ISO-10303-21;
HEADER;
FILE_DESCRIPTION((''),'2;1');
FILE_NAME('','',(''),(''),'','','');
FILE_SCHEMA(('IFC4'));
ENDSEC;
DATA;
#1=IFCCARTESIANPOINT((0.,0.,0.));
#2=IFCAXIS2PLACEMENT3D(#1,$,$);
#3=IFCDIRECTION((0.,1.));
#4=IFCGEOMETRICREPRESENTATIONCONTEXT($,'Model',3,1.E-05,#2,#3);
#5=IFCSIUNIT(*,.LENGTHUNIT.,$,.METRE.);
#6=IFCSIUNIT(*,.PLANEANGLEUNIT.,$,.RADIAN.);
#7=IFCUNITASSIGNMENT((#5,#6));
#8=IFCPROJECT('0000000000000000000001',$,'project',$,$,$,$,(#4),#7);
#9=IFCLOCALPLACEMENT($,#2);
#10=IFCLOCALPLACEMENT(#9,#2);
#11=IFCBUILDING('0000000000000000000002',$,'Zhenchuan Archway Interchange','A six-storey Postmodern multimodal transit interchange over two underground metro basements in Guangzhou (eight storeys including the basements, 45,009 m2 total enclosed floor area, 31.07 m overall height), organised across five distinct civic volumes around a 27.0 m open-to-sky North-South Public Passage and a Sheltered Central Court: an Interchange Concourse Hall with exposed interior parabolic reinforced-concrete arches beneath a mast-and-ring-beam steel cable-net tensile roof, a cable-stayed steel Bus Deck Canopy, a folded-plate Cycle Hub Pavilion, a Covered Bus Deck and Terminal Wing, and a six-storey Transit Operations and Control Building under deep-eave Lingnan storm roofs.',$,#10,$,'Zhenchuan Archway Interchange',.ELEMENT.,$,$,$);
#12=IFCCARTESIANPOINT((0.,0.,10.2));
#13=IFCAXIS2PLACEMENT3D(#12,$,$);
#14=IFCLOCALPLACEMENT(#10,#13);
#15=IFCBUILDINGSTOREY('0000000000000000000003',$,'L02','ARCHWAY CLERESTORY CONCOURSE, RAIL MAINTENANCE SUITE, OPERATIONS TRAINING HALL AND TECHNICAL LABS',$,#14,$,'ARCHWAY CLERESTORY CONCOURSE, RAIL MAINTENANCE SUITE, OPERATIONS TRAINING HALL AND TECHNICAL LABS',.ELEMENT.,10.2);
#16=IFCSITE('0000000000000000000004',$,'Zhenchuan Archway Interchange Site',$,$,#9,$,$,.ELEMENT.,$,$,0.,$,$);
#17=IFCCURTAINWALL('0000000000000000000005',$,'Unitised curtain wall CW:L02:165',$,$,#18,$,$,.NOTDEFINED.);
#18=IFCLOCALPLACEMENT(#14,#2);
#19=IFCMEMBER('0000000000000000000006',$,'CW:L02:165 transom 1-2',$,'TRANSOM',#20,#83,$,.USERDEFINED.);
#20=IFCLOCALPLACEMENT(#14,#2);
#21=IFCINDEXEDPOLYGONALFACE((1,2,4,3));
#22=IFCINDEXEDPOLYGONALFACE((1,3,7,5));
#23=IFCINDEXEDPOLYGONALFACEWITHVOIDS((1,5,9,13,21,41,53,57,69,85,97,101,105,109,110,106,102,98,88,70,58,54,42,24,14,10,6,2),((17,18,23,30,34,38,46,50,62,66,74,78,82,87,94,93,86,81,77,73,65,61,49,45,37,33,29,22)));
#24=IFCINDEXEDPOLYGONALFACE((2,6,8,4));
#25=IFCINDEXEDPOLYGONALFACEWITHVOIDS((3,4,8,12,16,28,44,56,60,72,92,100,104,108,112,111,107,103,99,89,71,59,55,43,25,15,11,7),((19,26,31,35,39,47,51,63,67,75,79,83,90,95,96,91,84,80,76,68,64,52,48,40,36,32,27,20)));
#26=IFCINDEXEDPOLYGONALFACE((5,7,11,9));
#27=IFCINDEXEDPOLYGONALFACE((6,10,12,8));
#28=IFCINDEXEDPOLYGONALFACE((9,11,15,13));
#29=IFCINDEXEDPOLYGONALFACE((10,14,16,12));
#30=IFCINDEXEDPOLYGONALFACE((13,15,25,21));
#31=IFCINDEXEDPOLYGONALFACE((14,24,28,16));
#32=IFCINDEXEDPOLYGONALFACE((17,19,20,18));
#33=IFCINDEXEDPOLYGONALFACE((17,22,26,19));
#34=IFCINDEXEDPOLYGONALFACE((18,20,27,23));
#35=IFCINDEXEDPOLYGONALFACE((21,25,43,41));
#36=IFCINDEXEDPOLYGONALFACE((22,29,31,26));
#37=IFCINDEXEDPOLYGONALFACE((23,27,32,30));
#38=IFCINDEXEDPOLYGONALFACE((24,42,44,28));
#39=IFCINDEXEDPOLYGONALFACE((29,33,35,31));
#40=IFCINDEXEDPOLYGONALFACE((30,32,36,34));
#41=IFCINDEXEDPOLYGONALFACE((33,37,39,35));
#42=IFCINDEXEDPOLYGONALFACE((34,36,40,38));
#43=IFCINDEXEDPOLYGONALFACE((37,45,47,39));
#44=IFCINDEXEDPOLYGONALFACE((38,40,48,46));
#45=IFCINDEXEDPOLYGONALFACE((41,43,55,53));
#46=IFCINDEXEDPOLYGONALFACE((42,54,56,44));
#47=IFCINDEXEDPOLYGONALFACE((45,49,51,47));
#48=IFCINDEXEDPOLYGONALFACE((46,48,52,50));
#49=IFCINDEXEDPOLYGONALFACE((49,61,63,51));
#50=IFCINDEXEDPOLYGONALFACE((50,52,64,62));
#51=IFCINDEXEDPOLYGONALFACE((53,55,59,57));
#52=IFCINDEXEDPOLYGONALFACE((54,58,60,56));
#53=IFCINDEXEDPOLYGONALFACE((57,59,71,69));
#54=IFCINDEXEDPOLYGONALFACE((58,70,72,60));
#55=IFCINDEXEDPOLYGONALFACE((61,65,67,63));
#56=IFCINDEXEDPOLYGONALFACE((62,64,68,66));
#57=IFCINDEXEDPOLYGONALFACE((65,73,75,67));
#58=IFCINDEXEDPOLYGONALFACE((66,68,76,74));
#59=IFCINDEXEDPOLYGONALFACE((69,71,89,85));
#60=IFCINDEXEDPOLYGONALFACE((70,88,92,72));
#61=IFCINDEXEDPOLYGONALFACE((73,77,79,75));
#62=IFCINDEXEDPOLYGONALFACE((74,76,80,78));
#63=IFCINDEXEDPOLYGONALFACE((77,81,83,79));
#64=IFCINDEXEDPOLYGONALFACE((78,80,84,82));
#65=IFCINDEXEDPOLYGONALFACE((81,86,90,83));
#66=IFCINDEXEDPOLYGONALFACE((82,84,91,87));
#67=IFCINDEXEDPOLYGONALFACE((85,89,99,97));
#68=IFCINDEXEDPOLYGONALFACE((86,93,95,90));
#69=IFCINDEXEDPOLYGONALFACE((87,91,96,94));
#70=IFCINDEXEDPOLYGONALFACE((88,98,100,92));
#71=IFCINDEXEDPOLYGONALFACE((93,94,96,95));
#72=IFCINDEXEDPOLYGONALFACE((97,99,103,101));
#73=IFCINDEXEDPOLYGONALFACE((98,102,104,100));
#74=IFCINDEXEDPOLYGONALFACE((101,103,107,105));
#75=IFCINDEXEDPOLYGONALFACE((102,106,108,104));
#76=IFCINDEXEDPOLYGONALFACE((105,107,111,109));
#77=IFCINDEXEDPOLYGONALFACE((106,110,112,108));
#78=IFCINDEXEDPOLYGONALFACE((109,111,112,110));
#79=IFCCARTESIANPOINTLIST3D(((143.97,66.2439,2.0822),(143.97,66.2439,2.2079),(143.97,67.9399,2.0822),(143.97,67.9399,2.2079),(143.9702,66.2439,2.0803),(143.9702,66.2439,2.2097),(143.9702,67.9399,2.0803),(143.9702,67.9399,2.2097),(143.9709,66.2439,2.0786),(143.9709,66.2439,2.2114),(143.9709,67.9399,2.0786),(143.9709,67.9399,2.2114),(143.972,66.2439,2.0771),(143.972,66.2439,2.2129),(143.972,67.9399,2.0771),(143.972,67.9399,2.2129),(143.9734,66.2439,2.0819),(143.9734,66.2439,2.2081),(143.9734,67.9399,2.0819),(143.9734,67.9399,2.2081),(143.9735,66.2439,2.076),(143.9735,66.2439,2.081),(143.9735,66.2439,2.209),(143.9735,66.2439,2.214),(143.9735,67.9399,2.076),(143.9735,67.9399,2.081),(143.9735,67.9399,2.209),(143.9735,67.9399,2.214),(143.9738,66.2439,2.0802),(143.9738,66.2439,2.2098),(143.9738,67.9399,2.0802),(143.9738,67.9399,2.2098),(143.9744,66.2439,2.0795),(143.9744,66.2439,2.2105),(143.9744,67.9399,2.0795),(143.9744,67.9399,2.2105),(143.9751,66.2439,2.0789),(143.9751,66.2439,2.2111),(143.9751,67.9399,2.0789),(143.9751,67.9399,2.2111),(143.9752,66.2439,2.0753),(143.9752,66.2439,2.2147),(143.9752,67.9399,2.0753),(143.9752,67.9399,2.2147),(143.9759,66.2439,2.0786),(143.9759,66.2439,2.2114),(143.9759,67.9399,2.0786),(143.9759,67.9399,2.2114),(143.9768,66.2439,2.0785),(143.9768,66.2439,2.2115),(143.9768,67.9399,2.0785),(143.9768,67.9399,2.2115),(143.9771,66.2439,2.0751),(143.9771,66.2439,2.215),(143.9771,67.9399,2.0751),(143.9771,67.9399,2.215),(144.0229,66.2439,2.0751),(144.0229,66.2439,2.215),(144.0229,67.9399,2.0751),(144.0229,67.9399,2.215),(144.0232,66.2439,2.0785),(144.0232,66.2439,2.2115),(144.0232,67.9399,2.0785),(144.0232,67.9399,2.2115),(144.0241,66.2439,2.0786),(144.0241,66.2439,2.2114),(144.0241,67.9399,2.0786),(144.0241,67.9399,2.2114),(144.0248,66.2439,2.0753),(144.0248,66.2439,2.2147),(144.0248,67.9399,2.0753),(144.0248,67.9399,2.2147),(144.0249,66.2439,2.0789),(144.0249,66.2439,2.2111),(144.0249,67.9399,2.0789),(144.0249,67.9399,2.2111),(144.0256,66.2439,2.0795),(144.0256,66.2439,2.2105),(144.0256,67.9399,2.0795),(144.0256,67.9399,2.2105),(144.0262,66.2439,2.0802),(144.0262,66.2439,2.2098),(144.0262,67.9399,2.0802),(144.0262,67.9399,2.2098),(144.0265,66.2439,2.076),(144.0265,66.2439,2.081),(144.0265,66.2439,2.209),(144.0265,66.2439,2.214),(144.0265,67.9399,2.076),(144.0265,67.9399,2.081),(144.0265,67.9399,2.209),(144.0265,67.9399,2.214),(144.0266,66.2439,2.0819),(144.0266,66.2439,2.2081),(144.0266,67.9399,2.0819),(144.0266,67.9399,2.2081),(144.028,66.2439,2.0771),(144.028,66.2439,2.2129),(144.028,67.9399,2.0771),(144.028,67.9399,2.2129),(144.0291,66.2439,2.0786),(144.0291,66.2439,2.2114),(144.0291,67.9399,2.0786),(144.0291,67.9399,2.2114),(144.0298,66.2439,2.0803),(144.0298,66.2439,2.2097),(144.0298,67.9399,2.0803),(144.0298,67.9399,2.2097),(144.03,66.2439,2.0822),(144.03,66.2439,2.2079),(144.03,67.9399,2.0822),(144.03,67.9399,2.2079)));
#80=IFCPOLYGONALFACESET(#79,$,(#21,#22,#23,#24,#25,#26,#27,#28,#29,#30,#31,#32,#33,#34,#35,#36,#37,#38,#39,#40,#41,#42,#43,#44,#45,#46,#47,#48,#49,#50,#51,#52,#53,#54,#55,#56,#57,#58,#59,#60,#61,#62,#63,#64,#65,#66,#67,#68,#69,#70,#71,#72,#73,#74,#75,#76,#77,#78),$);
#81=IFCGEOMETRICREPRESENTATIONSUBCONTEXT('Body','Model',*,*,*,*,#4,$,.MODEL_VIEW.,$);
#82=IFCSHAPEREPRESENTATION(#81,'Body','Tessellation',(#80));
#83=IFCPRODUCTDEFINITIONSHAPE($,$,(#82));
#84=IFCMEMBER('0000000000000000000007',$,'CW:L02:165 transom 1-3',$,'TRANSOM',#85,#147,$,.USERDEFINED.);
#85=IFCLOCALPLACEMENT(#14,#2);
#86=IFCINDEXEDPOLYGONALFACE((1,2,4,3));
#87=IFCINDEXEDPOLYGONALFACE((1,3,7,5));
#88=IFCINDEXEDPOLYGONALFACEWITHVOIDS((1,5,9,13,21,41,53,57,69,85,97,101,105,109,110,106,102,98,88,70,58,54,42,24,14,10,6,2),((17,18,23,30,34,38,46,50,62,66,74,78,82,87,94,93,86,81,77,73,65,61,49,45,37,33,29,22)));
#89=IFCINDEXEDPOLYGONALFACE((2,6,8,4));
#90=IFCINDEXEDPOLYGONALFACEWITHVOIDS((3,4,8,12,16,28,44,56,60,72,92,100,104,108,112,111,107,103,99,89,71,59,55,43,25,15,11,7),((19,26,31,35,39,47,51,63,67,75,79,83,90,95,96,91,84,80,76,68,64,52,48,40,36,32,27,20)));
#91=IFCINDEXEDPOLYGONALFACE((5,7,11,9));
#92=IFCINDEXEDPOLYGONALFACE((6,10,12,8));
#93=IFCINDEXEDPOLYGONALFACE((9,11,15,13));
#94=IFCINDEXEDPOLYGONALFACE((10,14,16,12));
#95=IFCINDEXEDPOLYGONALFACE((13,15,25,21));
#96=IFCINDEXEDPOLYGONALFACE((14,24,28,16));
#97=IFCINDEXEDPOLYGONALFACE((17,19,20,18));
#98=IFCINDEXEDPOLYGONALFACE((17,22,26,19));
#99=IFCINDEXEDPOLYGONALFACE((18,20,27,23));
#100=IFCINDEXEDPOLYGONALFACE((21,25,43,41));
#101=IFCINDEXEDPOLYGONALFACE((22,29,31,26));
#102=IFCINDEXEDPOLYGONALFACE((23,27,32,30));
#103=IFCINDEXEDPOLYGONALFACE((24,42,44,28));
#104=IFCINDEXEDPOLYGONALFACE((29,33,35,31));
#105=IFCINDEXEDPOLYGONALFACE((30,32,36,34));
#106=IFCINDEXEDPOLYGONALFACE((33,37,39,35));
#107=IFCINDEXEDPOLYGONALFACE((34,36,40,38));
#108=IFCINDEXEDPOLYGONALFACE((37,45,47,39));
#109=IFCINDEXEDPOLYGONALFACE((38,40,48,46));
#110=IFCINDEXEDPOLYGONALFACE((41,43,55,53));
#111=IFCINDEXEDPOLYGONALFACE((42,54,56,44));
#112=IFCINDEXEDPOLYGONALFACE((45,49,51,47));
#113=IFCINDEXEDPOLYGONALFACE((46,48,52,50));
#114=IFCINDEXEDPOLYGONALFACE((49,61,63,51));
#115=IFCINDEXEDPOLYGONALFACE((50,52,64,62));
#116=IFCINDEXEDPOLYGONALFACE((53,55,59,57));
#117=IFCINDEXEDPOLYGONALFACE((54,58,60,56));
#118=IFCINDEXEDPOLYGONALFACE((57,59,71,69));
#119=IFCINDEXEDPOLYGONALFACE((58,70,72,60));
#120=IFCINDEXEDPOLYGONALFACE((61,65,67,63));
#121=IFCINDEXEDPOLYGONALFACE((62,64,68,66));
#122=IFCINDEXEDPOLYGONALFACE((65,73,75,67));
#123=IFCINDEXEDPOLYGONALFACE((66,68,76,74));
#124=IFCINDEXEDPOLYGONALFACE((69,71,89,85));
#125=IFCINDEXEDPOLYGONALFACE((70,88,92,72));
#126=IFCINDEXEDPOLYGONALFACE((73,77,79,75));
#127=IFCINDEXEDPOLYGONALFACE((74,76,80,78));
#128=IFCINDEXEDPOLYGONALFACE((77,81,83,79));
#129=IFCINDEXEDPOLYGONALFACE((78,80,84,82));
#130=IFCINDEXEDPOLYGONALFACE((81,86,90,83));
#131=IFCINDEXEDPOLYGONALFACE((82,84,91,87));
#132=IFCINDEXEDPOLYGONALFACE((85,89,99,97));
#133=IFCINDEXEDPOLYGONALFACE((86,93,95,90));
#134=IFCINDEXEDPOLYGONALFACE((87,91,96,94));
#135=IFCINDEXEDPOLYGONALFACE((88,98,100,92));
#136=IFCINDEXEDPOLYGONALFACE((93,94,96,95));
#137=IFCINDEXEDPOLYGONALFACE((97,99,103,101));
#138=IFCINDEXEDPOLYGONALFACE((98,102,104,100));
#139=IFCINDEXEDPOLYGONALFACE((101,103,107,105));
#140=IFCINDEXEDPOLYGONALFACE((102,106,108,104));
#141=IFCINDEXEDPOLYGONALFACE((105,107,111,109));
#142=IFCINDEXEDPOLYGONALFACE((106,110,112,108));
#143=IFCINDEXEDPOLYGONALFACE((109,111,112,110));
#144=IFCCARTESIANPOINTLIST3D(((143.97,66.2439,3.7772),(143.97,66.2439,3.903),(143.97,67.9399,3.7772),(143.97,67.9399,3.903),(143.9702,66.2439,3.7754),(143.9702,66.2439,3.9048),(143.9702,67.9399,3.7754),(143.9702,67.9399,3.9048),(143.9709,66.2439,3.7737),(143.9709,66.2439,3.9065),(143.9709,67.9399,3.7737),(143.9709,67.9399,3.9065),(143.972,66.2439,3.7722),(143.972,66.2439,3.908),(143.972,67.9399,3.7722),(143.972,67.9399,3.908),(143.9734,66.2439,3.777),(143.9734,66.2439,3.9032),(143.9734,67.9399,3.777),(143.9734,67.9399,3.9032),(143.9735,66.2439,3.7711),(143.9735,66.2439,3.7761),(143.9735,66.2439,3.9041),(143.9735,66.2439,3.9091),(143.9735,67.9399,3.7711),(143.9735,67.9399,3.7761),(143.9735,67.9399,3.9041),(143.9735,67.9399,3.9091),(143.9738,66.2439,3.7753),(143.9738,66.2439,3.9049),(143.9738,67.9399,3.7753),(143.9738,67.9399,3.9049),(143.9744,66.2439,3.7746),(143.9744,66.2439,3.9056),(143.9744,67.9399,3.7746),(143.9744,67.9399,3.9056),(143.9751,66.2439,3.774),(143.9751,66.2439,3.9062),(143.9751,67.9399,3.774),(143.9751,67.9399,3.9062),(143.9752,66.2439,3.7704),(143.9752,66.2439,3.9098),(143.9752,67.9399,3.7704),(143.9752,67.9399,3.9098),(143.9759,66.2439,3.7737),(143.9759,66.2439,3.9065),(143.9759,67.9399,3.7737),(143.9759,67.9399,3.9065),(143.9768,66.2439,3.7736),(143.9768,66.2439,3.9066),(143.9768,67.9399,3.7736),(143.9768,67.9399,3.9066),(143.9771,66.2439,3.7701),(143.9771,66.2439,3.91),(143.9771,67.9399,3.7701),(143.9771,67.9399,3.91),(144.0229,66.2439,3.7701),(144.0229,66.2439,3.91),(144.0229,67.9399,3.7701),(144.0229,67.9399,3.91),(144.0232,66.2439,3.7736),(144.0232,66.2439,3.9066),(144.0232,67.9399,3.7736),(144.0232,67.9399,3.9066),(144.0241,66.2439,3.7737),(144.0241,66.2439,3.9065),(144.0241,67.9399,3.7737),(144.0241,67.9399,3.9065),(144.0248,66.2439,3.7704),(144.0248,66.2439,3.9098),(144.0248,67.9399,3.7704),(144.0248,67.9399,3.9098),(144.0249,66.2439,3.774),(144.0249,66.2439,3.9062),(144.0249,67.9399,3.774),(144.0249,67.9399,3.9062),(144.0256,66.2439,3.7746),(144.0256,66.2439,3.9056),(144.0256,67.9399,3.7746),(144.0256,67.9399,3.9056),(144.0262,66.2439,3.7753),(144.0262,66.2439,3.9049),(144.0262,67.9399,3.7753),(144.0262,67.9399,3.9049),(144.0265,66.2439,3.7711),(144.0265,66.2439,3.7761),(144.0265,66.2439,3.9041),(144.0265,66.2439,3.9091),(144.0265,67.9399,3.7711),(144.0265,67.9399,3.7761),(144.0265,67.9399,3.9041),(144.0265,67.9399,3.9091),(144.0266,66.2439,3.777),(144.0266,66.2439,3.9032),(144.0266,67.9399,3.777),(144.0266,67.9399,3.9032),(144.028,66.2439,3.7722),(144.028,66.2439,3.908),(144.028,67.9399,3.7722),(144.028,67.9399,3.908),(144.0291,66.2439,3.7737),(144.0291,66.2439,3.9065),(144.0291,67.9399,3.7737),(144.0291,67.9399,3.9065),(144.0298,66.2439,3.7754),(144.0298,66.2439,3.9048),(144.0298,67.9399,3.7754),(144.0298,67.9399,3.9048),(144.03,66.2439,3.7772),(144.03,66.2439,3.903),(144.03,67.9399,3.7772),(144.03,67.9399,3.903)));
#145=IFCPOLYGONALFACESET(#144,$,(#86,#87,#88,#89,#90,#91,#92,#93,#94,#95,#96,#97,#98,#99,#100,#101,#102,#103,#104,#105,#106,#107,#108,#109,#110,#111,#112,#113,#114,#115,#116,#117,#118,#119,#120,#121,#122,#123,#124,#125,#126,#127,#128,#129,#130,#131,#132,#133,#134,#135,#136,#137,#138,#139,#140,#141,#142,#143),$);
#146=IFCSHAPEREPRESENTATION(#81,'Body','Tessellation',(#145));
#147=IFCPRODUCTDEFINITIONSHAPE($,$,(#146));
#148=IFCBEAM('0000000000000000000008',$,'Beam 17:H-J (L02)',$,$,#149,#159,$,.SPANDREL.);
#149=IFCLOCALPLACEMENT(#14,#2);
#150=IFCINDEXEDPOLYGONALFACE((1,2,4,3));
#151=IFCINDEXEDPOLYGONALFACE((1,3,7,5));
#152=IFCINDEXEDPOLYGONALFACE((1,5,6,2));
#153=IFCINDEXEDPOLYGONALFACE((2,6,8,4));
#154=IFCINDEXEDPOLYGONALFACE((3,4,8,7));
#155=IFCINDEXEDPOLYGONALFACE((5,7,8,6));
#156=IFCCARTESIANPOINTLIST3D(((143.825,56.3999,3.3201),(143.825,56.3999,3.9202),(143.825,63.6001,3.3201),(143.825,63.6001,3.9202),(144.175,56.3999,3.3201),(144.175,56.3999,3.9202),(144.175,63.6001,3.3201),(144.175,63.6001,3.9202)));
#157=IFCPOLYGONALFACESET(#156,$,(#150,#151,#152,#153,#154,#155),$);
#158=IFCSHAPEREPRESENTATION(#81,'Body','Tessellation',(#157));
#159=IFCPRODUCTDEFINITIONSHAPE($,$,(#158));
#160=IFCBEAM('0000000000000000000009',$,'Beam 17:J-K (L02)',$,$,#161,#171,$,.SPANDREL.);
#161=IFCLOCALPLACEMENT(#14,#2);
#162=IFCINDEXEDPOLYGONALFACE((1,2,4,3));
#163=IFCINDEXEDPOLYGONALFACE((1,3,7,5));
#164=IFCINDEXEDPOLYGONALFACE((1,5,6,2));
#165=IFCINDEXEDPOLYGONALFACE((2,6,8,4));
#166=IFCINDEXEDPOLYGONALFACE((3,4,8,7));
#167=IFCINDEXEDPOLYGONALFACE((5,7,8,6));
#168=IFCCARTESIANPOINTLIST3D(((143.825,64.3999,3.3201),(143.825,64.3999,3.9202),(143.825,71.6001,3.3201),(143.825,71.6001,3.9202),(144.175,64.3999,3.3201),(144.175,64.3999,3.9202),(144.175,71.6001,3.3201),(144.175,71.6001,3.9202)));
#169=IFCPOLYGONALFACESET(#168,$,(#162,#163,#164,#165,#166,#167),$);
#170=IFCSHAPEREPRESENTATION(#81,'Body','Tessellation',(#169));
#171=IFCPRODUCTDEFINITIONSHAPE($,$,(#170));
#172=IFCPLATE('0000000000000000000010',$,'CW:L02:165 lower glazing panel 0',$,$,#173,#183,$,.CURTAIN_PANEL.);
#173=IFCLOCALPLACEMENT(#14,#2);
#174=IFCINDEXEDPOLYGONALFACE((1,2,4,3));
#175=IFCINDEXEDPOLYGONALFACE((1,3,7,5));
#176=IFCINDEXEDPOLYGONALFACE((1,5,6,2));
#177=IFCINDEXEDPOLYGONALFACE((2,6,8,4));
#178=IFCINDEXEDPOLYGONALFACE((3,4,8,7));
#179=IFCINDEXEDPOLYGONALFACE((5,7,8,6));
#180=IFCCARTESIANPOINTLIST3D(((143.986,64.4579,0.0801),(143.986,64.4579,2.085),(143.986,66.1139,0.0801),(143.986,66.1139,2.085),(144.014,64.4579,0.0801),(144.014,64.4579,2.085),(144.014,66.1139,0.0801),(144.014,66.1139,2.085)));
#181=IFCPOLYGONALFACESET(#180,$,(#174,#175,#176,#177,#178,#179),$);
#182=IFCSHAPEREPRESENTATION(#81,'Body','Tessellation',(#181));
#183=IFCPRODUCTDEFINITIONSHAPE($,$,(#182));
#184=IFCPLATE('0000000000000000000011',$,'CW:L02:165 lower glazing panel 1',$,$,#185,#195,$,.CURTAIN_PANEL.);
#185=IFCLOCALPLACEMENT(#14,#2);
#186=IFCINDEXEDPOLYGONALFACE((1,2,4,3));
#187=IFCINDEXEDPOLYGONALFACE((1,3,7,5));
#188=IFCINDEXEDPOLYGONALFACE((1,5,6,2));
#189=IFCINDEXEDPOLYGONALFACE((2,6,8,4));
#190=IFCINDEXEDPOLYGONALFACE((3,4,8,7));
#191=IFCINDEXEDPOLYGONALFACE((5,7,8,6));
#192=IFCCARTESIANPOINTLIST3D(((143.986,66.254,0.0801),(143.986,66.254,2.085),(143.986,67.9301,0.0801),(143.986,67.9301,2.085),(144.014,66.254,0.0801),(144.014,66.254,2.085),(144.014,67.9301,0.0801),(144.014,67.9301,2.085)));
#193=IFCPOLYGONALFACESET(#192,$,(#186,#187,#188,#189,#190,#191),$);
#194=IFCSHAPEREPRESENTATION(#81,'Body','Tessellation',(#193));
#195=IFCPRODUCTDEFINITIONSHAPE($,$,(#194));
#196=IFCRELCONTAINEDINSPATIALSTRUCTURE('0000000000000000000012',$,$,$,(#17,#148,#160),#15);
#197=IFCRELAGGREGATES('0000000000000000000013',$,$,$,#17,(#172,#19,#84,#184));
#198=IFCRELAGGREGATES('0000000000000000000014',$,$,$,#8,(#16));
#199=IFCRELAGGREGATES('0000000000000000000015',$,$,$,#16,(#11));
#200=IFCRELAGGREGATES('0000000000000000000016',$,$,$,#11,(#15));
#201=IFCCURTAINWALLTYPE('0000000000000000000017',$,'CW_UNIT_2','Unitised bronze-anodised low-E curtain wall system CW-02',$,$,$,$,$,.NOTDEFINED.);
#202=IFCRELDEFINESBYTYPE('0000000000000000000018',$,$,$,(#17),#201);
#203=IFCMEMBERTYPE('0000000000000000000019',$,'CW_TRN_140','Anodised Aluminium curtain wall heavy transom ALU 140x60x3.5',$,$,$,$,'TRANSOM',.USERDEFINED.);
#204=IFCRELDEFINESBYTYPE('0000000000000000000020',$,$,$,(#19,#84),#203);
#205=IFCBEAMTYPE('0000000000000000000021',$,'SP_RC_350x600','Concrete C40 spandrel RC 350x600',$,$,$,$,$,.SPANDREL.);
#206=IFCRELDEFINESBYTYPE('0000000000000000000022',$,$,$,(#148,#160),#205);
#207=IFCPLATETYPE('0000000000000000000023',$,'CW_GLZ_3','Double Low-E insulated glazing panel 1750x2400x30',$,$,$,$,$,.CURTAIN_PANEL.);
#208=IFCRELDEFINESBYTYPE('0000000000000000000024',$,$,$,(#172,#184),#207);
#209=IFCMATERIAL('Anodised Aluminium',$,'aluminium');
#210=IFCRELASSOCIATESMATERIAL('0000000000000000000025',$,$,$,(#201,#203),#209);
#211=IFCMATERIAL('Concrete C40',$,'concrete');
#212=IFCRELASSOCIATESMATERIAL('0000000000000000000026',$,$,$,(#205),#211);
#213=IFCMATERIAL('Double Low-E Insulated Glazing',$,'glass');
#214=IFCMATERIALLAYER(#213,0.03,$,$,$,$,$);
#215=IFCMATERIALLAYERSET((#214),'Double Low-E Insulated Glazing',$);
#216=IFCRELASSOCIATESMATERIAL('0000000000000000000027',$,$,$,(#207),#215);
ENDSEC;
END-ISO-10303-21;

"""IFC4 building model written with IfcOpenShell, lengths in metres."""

from ifc_helpers import new_model, si_unit, direction, frame, origin, origin_2d, place, context, subcontext, project, spatial, rectangle, hollow_rectangle, extrude, material, layer, layer_set, material_profile, profile_set, type_object, element, aggregate, save


model = new_model("IFC4")

# Units and contexts
model_context = context("Model", 3, precision=1e-05, world=origin(), true_north=direction((0.0, 1.0)))
body_context = subcontext(model_context, "Body", "Model", "MODEL_VIEW")
ifc_project = project(units=[si_unit("LENGTHUNIT", "METRE"), si_unit("PLANEANGLEUNIT", "RADIAN")], contexts=[model_context])

# Site, building, storey
site_placement = place(None, origin())
site = spatial("IfcSite", under=ifc_project, at=site_placement, Name="Zhenchuan Archway Interchange Site", CompositionType="ELEMENT", RefElevation=0.0)
building_placement = place(site_placement, origin())
building = spatial("IfcBuilding", under=site, at=building_placement, Name="Zhenchuan Archway Interchange", Description="A six-storey Postmodern multimodal transit interchange over two underground metro basements in Guangzhou (eight storeys including the basements, 45,009 m2 total enclosed floor area, 31.07 m overall height), organised across five distinct civic volumes around a 27.0 m open-to-sky North-South Public Passage and a Sheltered Central Court: an Interchange Concourse Hall with exposed interior parabolic reinforced-concrete arches beneath a mast-and-ring-beam steel cable-net tensile roof, a cable-stayed steel Bus Deck Canopy, a folded-plate Cycle Hub Pavilion, a Covered Bus Deck and Terminal Wing, and a six-storey Transit Operations and Control Building under deep-eave Lingnan storm roofs.", LongName="Zhenchuan Archway Interchange", CompositionType="ELEMENT")
storey_placement = place(building_placement, frame((0.0, 0.0, 10.2)))
storey = spatial("IfcBuildingStorey", under=building, at=storey_placement, Name="L02", Description="ARCHWAY CLERESTORY CONCOURSE, RAIL MAINTENANCE SUITE, OPERATIONS TRAINING HALL AND TECHNICAL LABS", LongName="ARCHWAY CLERESTORY CONCOURSE, RAIL MAINTENANCE SUITE, OPERATIONS TRAINING HALL AND TECHNICAL LABS", CompositionType="ELEMENT", Elevation=10.2)

# Shared definitions
ifc_material_1 = material(Name="Concrete C40", Category="concrete")

# Curtain wall, members
ifc_material_2 = material(Name="Anodised Aluminium", Category="aluminium")
curtain_wall_type = type_object("IfcCurtainWallType", Name="CW_UNIT_2", Description="Unitised bronze-anodised low-E curtain wall system CW-02", PredefinedType="NOTDEFINED", material=ifc_material_2)
curtain_wall_placement = place(storey_placement, origin())
curtain_wall = element("IfcCurtainWall", 1, at=curtain_wall_placement, inside=storey, type_object=curtain_wall_type, Name="Unitised curtain wall CW:L02:165", PredefinedType="NOTDEFINED")
ifc_material_profile_1 = material_profile(ifc_material_2, hollow_rectangle(XDim=0.0601, YDim=0.1399, WallThickness=0.0034, InnerFilletRadius=0.0034, OuterFilletRadius=0.0071, at=origin_2d()), Name="ALU 140x60x3.5")
ifc_profile_set_1 = profile_set([ifc_material_profile_1], Name="Anodised Aluminium")
member_type_1 = type_object("IfcMemberType", Name="CW_TRN_140", Description="Anodised Aluminium curtain wall heavy transom ALU 140x60x3.5", ElementType="TRANSOM", PredefinedType="USERDEFINED", material=ifc_profile_set_1)
member_1_placement = place(storey_placement, frame((144.0, 66.2439, 2.145), z_axis=(0.0, 1.0, 0.0), x_axis=(-1.0, 0.0, 0.0)))
member_1 = element("IfcMember", 2, at=member_1_placement, type_object=member_type_1, Name="CW:L02:165 transom 1-2", ObjectType="TRANSOM", PredefinedType="USERDEFINED", context=body_context, shape_type="SweptSolid", body=[
    extrude(hollow_rectangle(XDim=0.0601, YDim=0.1399, WallThickness=0.0034, InnerFilletRadius=0.0034, OuterFilletRadius=0.0071, at=origin_2d()), origin(), (0.0, 0.0, 1.0), 1.696),
])
member_2_placement = place(storey_placement, frame((144.0, 66.2439, 3.8401), z_axis=(0.0, 1.0, 0.0), x_axis=(-1.0, 0.0, 0.0)))
member_2 = element("IfcMember", 3, at=member_2_placement, type_object=member_type_1, Name="CW:L02:165 transom 1-3", ObjectType="TRANSOM", PredefinedType="USERDEFINED", context=body_context, shape_type="SweptSolid", body=[
    extrude(hollow_rectangle(XDim=0.0601, YDim=0.1399, WallThickness=0.0034, InnerFilletRadius=0.0034, OuterFilletRadius=0.0071, at=origin_2d()), origin(), (0.0, 0.0, 1.0), 1.696),
])

# Beams
ifc_material_profile_2 = material_profile(ifc_material_1, rectangle(XDim=0.3501, YDim=0.6001, at=origin_2d()), Name="RC 350x600")
ifc_profile_set_2 = profile_set([ifc_material_profile_2], Name="Concrete C40")
beam_type_1 = type_object("IfcBeamType", Name="SP_RC_350x600", Description="Concrete C40 spandrel RC 350x600", PredefinedType="SPANDREL", material=ifc_profile_set_2)
for number, where, z_axis, x_axis, name in (
    (4, (144.0, 56.3999, 3.6201), (0.0, 1.0, 0.0), (-1.0, 0.0, 0.0), "Beam 17:H-J (L02)"),
    (5, (144.0, 64.3999, 3.6201), (0.0, 1.0, 0.0), (-1.0, 0.0, 0.0), "Beam 17:J-K (L02)"),
):
    element("IfcBeam", number, at=place(storey_placement, frame(where, z_axis=z_axis, x_axis=x_axis)), inside=storey, type_object=beam_type_1, Name=name, PredefinedType="SPANDREL", context=body_context, shape_type="SweptSolid", body=[
        extrude(rectangle(XDim=0.3501, YDim=0.6001, at=origin_2d()), origin(), (0.0, 0.0, 1.0), 7.2002),
    ])

# Plates
ifc_material_3 = material(Name="Double Low-E Insulated Glazing", Category="glass")
ifc_layer_1 = layer(ifc_material_3, 0.03)
ifc_layer_set_1 = layer_set([ifc_layer_1], Name="Double Low-E Insulated Glazing")
plate_type_1 = type_object("IfcPlateType", Name="CW_GLZ_3", Description="Double Low-E insulated glazing panel 1750x2400x30", PredefinedType="CURTAIN_PANEL", material=ifc_layer_set_1)
plate_1_placement = place(storey_placement, frame((144.0, 65.2859, 0.0801), z_axis=(0.0, 0.0, 1.0), x_axis=(0.0, 1.0, 0.0)))
plate_1 = element("IfcPlate", 6, at=plate_1_placement, type_object=plate_type_1, Name="CW:L02:165 lower glazing panel 0", PredefinedType="CURTAIN_PANEL", context=body_context, shape_type="SweptSolid", body=[
    extrude(rectangle(XDim=1.656, YDim=0.0281, at=origin_2d()), origin(), (0.0, 0.0, 1.0), 2.0049),
])
plate_2_placement = place(storey_placement, frame((144.0, 67.092, 0.0801), z_axis=(0.0, 0.0, 1.0), x_axis=(0.0, 1.0, 0.0)))
plate_2 = element("IfcPlate", 7, at=plate_2_placement, type_object=plate_type_1, Name="CW:L02:165 lower glazing panel 1", PredefinedType="CURTAIN_PANEL", context=body_context, shape_type="SweptSolid", body=[
    extrude(rectangle(XDim=1.676, YDim=0.0281, at=origin_2d()), origin(), (0.0, 0.0, 1.0), 2.0049),
])
aggregate(curtain_wall, [plate_1, member_1, member_2, plate_2])

save(model, "model.ifc")
